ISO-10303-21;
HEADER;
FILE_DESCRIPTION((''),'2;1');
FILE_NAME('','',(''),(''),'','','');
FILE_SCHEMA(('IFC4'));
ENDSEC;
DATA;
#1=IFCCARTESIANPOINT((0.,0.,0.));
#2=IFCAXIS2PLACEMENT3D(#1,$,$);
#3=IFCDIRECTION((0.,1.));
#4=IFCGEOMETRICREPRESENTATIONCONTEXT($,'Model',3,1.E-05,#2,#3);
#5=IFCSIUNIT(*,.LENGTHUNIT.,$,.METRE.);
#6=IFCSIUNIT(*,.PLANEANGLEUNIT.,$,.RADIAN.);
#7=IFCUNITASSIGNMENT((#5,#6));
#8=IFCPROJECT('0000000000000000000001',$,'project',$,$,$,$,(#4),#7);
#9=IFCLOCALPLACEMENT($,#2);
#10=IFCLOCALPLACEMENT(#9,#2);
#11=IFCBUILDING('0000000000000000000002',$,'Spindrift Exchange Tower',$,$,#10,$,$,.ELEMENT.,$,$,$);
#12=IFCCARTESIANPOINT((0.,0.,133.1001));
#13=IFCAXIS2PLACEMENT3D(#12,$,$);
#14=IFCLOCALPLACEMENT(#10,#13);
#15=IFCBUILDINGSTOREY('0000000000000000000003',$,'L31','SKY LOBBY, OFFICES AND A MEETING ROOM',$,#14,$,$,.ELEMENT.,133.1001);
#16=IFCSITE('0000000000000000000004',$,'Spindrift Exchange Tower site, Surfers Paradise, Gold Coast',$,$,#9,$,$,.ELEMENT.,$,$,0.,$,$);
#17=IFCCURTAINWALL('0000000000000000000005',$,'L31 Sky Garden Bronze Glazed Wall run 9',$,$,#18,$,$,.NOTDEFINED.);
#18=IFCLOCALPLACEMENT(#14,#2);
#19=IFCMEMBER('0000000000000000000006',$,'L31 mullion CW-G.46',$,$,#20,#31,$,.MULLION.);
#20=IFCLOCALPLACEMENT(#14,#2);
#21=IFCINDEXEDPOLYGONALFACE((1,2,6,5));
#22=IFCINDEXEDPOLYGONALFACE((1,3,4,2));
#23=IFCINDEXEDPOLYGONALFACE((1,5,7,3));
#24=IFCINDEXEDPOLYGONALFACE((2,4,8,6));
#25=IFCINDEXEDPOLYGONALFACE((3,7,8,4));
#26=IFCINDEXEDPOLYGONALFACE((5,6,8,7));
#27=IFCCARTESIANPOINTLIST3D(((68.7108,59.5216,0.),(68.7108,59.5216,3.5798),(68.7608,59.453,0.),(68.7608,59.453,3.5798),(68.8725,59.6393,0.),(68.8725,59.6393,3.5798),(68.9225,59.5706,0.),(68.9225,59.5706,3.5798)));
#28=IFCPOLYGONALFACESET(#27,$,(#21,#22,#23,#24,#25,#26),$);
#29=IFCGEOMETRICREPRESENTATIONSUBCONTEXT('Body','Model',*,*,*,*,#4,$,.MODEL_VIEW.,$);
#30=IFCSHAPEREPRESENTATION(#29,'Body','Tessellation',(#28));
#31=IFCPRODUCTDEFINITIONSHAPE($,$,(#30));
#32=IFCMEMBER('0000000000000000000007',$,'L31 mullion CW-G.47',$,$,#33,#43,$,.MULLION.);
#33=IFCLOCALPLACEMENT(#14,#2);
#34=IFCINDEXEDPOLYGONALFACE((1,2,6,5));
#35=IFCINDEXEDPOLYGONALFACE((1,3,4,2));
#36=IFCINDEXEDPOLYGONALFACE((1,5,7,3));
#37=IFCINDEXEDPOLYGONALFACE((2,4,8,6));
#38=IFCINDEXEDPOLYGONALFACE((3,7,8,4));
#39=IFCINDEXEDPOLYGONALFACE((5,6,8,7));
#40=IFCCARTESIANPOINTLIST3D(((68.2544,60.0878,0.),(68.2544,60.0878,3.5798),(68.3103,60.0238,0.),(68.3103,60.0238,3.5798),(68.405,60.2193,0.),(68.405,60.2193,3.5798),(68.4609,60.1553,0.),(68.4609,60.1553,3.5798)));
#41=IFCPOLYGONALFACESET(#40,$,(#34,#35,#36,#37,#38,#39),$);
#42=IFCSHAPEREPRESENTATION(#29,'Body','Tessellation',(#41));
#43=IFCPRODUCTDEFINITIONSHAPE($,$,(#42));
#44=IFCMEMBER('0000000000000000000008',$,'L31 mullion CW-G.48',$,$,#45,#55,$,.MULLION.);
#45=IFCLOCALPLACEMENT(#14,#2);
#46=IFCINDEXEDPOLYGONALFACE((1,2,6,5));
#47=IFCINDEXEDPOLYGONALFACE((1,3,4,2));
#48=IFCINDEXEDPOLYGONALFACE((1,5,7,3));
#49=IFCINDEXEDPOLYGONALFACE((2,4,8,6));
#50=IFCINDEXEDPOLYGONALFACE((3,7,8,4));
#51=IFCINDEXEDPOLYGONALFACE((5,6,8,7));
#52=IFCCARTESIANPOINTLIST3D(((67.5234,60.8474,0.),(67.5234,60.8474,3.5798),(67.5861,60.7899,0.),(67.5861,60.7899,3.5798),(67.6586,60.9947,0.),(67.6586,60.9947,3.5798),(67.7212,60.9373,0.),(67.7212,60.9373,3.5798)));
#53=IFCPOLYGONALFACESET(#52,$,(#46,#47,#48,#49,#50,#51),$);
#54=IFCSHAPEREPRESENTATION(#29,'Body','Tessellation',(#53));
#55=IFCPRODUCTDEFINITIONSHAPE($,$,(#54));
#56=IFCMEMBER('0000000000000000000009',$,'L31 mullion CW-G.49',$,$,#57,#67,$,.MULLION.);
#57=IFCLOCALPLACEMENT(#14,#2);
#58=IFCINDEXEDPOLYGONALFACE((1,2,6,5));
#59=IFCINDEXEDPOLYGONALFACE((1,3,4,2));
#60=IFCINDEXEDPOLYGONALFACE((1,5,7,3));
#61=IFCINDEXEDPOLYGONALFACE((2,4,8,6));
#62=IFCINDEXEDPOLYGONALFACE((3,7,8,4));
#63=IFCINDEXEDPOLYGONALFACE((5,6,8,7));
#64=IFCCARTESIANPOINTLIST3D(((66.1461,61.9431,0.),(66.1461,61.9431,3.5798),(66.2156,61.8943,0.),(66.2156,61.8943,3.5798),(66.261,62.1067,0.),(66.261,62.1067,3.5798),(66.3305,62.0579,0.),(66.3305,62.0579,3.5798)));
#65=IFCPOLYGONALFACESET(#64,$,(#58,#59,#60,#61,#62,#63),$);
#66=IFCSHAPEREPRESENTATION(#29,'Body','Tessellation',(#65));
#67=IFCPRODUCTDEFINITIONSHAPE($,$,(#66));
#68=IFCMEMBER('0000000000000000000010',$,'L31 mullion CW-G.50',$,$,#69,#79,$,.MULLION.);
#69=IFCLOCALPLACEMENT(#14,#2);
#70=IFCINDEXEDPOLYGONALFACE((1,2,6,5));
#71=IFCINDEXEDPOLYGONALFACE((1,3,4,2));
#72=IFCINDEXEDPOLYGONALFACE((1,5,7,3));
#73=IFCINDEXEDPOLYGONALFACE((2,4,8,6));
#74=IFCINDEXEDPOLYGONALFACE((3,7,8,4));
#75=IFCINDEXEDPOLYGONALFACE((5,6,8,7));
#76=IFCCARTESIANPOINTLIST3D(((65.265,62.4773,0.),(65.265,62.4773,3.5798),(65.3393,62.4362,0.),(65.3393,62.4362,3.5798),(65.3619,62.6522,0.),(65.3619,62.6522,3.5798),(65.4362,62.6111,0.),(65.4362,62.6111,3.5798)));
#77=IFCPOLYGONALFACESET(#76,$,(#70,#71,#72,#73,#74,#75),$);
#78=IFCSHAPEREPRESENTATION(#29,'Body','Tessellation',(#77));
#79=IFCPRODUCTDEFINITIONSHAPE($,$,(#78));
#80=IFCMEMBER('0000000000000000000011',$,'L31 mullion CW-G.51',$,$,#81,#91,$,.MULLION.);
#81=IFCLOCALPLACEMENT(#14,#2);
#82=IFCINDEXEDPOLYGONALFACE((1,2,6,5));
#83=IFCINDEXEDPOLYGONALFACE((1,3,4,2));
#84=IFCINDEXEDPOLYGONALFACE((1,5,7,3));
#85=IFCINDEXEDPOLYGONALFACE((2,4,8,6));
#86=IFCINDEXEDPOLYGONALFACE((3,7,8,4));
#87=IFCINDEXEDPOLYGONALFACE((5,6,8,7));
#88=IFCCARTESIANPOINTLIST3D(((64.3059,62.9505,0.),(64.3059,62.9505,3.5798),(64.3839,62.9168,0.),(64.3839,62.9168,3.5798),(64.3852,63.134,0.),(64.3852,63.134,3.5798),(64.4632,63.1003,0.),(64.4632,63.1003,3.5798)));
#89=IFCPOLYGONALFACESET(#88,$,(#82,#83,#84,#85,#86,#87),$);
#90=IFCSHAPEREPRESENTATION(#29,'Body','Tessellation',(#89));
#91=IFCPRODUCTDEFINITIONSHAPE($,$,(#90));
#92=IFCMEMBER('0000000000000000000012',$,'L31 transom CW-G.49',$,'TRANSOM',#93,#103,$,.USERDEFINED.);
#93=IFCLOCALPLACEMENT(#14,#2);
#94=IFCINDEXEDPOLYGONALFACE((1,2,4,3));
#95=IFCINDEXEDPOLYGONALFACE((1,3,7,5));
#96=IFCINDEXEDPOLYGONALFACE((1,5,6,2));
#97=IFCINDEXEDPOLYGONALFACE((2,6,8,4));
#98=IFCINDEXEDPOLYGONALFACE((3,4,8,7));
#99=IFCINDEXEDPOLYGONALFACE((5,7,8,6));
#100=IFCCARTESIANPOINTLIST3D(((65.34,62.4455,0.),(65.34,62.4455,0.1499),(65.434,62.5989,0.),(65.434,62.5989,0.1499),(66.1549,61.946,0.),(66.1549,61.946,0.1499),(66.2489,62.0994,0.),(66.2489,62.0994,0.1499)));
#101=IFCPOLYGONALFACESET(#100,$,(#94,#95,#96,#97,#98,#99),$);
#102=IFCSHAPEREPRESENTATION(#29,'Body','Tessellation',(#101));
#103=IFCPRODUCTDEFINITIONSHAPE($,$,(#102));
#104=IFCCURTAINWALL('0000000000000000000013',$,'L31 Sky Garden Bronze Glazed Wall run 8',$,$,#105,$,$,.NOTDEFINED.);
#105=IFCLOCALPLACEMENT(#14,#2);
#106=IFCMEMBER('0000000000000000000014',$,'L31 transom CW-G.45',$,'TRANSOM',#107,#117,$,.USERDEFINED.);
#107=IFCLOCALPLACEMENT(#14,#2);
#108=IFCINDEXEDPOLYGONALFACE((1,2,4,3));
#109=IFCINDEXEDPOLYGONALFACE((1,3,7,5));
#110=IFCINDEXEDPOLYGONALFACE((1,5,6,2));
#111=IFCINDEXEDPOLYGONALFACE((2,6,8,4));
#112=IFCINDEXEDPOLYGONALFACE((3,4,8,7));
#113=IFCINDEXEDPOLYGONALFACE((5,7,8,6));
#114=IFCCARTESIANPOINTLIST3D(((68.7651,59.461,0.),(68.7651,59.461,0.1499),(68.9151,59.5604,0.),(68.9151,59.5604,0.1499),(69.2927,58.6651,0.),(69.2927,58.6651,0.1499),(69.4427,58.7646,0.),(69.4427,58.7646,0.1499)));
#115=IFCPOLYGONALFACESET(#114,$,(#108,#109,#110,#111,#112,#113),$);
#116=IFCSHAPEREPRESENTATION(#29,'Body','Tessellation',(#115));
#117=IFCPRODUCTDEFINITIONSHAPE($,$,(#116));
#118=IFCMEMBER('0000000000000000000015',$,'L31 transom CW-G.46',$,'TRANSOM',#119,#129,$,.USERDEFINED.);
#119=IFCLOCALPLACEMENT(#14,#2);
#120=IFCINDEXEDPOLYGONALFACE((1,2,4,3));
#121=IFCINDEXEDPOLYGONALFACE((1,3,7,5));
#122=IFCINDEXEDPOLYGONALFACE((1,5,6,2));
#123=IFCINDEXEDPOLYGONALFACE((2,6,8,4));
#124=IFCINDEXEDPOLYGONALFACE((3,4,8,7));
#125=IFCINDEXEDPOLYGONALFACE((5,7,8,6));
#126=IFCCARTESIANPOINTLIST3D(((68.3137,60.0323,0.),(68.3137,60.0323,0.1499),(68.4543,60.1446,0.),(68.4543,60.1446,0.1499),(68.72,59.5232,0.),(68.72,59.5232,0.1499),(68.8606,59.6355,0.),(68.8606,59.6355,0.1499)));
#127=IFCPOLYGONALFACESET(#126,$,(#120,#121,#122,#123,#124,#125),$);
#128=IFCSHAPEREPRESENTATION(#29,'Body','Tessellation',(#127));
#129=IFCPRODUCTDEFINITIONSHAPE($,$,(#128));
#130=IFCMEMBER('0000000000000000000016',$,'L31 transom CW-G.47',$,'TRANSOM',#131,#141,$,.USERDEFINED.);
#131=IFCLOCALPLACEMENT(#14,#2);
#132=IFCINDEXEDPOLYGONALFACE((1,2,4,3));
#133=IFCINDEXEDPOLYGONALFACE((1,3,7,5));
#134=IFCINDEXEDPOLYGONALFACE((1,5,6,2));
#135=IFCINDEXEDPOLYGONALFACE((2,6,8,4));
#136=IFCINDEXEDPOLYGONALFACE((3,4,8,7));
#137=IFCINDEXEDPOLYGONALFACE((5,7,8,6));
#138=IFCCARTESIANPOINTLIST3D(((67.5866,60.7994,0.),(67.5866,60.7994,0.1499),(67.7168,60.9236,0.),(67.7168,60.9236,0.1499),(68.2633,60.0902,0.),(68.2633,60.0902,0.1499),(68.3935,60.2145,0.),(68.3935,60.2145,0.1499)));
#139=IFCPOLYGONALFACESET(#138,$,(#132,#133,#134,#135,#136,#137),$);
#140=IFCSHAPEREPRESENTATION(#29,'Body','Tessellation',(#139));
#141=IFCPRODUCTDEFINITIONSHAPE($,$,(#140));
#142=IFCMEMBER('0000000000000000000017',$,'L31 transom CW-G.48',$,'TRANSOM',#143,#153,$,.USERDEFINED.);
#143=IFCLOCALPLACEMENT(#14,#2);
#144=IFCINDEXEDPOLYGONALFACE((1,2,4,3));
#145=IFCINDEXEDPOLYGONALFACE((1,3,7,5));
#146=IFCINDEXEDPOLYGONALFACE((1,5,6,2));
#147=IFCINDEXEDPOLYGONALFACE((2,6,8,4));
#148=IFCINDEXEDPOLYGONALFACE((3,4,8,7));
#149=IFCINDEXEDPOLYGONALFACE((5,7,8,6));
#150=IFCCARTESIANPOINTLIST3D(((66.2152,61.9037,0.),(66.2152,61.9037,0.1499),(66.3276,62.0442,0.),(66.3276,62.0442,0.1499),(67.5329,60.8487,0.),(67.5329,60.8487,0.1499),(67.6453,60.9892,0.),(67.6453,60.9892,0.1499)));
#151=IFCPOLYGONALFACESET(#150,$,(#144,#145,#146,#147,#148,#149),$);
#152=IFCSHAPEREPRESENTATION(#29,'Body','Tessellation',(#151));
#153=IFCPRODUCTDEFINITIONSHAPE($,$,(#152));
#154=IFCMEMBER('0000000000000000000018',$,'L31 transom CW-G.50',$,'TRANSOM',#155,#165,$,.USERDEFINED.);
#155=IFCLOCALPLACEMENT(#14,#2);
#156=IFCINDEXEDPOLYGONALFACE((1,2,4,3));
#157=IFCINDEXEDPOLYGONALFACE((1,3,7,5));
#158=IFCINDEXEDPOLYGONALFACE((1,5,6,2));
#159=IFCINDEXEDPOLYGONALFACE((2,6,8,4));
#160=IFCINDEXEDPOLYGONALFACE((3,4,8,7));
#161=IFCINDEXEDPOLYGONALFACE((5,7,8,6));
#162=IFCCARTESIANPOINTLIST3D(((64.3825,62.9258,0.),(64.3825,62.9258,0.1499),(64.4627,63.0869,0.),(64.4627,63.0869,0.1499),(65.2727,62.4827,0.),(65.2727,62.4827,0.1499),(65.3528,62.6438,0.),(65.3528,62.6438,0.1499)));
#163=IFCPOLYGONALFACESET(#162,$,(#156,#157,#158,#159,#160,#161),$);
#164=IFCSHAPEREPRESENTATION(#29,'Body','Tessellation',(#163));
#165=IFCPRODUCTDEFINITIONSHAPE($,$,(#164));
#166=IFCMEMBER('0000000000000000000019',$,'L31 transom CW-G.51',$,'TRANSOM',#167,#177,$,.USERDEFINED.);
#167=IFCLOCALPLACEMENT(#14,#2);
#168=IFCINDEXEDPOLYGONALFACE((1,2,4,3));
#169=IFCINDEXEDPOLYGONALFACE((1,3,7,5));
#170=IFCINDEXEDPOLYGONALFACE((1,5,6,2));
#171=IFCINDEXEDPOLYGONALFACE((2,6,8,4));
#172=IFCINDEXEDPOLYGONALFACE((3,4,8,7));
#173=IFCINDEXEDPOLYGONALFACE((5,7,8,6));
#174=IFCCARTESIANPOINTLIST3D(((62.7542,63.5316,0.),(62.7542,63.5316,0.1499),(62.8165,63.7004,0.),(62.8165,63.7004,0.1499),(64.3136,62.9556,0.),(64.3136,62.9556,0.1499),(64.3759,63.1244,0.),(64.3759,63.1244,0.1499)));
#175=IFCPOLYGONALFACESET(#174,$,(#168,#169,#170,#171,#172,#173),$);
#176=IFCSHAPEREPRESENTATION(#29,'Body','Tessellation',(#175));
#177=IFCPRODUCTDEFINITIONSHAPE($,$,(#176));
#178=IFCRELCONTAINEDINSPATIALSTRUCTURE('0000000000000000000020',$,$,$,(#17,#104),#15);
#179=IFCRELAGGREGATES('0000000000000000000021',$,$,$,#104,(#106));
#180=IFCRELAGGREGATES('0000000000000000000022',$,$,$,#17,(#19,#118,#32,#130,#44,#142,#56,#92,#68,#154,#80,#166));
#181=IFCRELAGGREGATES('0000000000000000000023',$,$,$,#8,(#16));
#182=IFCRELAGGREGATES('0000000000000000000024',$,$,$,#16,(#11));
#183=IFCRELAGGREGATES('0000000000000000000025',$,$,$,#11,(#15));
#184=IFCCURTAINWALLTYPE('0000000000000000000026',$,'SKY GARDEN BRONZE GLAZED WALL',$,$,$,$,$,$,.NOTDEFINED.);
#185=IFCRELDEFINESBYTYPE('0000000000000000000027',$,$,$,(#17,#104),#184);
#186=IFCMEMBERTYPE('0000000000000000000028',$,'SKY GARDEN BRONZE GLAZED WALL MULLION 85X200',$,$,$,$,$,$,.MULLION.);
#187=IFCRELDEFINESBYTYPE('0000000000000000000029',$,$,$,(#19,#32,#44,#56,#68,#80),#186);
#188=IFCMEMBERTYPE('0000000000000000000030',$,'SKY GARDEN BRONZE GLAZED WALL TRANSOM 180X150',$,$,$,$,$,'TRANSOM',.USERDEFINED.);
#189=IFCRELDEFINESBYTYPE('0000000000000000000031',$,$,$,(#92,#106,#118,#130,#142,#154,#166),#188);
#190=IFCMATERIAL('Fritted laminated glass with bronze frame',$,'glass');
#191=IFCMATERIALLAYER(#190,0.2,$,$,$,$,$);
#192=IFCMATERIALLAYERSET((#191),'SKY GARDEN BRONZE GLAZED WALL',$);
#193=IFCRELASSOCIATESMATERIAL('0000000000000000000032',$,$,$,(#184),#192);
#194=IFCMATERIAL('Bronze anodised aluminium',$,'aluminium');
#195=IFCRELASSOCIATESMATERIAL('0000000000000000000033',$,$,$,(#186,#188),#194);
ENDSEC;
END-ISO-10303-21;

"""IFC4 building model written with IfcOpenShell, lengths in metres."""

from ifc_helpers import new_model, si_unit, direction, frame, origin, origin_2d, place, context, subcontext, project, spatial, rectangle, extrude, source, transform, mapped, material, layer, layer_set, material_profile, profile_set, type_object, element, aggregate, save


model = new_model("IFC4")

# Units and contexts
model_context = context("Model", 3, precision=1e-05, world=origin(), true_north=direction((0.0, 1.0)))
body_context = subcontext(model_context, "Body", "Model", "MODEL_VIEW")
ifc_project = project(units=[si_unit("LENGTHUNIT", "METRE"), si_unit("PLANEANGLEUNIT", "RADIAN")], contexts=[model_context])

# Site, building, storey
site_placement = place(None, origin())
site = spatial("IfcSite", under=ifc_project, at=site_placement, Name="Spindrift Exchange Tower site, Surfers Paradise, Gold Coast", CompositionType="ELEMENT", RefElevation=0.0)
building_placement = place(site_placement, origin())
building = spatial("IfcBuilding", under=site, at=building_placement, Name="Spindrift Exchange Tower", CompositionType="ELEMENT")
storey_placement = place(building_placement, frame((0.0, 0.0, 133.1001)))
storey = spatial("IfcBuildingStorey", under=building, at=storey_placement, Name="L31", Description="SKY LOBBY, OFFICES AND A MEETING ROOM", CompositionType="ELEMENT", Elevation=133.1001)

# Curtain wall, members
ifc_material_1 = material(Name="Fritted laminated glass with bronze frame", Category="glass")
ifc_layer_1 = layer(ifc_material_1, 0.2)
ifc_layer_set_1 = layer_set([ifc_layer_1], Name="SKY GARDEN BRONZE GLAZED WALL")
curtain_wall_type = type_object("IfcCurtainWallType", Name="SKY GARDEN BRONZE GLAZED WALL", PredefinedType="NOTDEFINED", material=ifc_layer_set_1)
curtain_wall_1_placement = place(storey_placement, origin())
curtain_wall_1 = element("IfcCurtainWall", 1, at=curtain_wall_1_placement, inside=storey, type_object=curtain_wall_type, Name="L31 Sky Garden Bronze Glazed Wall run 9", PredefinedType="NOTDEFINED")
ifc_material_2 = material(Name="Bronze anodised aluminium", Category="aluminium")
ifc_material_profile_1 = material_profile(ifc_material_2, rectangle(XDim=0.085, YDim=0.2, at=origin_2d()), Name="SKY GARDEN BRONZE GLAZED WALL MULLION 85X200")
ifc_profile_set_1 = profile_set([ifc_material_profile_1], Name="Bronze anodised aluminium")
member_type_1 = type_object("IfcMemberType", Name="SKY GARDEN BRONZE GLAZED WALL MULLION 85X200", PredefinedType="MULLION", material=ifc_profile_set_1)
shared_shape_1 = source(origin(), body_context, "Body", "SweptSolid", [
    extrude(rectangle(XDim=0.085, YDim=0.2, at=origin_2d()), origin(), (0.0, 0.0, 1.0), 3.5798),
])
member_1_placement = place(storey_placement, frame((68.8167, 59.5461, 0.0), z_axis=(0.0, 0.0, 1.0), x_axis=(-0.588622, 0.808408, 0.0)))
member_1 = element("IfcMember", 2, at=member_1_placement, type_object=member_type_1, Name="L31 mullion CW-G.46", PredefinedType="MULLION", context=body_context, shape_type="MappedRepresentation", body=[
    mapped(shared_shape_1, transform((0.0, 0.0, 0.0), scale=1.0)),
])
member_2_placement = place(storey_placement, frame((68.3577, 60.1216, 0.0), z_axis=(0.0, 0.0, 1.0), x_axis=(-0.657616, 0.753354, 0.0)))
member_2 = element("IfcMember", 3, at=member_2_placement, type_object=member_type_1, Name="L31 mullion CW-G.47", PredefinedType="MULLION", context=body_context, shape_type="MappedRepresentation", body=[
    mapped(shared_shape_1, transform((0.0, 0.0, 0.0), scale=1.0)),
])
member_3_placement = place(storey_placement, frame((67.6223, 60.8923, 0.0), z_axis=(0.0, 0.0, 1.0), x_axis=(-0.737074, 0.675812, 0.0)))
member_3 = element("IfcMember", 4, at=member_3_placement, type_object=member_type_1, Name="L31 mullion CW-G.48", PredefinedType="MULLION", context=body_context, shape_type="MappedRepresentation", body=[
    mapped(shared_shape_1, transform((0.0, 0.0, 0.0), scale=1.0)),
])
member_4_placement = place(storey_placement, frame((66.2383, 62.0005, 0.0), z_axis=(0.0, 0.0, 1.0), x_axis=(-0.818262, 0.574846, 0.0)))
member_4 = element("IfcMember", 5, at=member_4_placement, type_object=member_type_1, Name="L31 mullion CW-G.49", PredefinedType="MULLION", context=body_context, shape_type="MappedRepresentation", body=[
    mapped(shared_shape_1, transform((0.0, 0.0, 0.0), scale=1.0)),
])
member_5_placement = place(storey_placement, frame((65.3506, 62.5442, 0.0), z_axis=(0.0, 0.0, 1.0), x_axis=(-0.874768, 0.484541, 0.0)))
member_5 = element("IfcMember", 6, at=member_5_placement, type_object=member_type_1, Name="L31 mullion CW-G.50", PredefinedType="MULLION", context=body_context, shape_type="MappedRepresentation", body=[
    mapped(shared_shape_1, transform((0.0, 0.0, 0.0), scale=1.0)),
])
member_6_placement = place(storey_placement, frame((64.3845, 63.0254, 0.0), z_axis=(0.0, 0.0, 1.0), x_axis=(-0.917965, 0.396662, 0.0)))
member_6 = element("IfcMember", 7, at=member_6_placement, type_object=member_type_1, Name="L31 mullion CW-G.51", PredefinedType="MULLION", context=body_context, shape_type="MappedRepresentation", body=[
    mapped(shared_shape_1, transform((0.0, 0.0, 0.0), scale=1.0)),
])
ifc_material_profile_2 = material_profile(ifc_material_2, rectangle(XDim=0.1799, YDim=0.1499, at=origin_2d()), Name="SKY GARDEN BRONZE GLAZED WALL TRANSOM 180X150")
ifc_profile_set_2 = profile_set([ifc_material_profile_2], Name="Bronze anodised aluminium")
member_type_2 = type_object("IfcMemberType", Name="SKY GARDEN BRONZE GLAZED WALL TRANSOM 180X150", ElementType="TRANSOM", PredefinedType="USERDEFINED", material=ifc_profile_set_2)
shared_shape_2 = source(origin(), body_context, "Body", "SweptSolid", [
    extrude(rectangle(XDim=0.1799, YDim=0.1499, at=origin_2d()), origin(), (0.0, 0.0, 1.0), 0.9558),
])
member_7_placement = place(storey_placement, frame((66.2019, 62.0227, 0.075), z_axis=(-0.852587, 0.522586, 0.0), x_axis=(-0.522586, -0.852587, 0.0)))
member_7 = element("IfcMember", 8, at=member_7_placement, type_object=member_type_2, Name="L31 transom CW-G.49", ObjectType="TRANSOM", PredefinedType="USERDEFINED", context=body_context, shape_type="MappedRepresentation", body=[
    mapped(shared_shape_2, transform((0.0, 0.0, 0.0), scale=1.0)),
])

# Curtain wall, member
curtain_wall_2_placement = place(storey_placement, origin())
curtain_wall_2 = element("IfcCurtainWall", 9, at=curtain_wall_2_placement, inside=storey, type_object=curtain_wall_type, Name="L31 Sky Garden Bronze Glazed Wall run 8", PredefinedType="NOTDEFINED")
shared_shape_3 = source(origin(), body_context, "Body", "SweptSolid", [
    extrude(rectangle(XDim=0.1799, YDim=0.1499, at=origin_2d()), origin(), (0.0, 0.0, 1.0), 0.9548),
])
member_8_placement = place(storey_placement, frame((69.3677, 58.7148, 0.075), z_axis=(-0.552515, 0.833503, 0.0), x_axis=(-0.833503, -0.552515, 0.0)))
member_8 = element("IfcMember", 10, at=member_8_placement, type_object=member_type_2, Name="L31 transom CW-G.45", ObjectType="TRANSOM", PredefinedType="USERDEFINED", context=body_context, shape_type="MappedRepresentation", body=[
    mapped(shared_shape_3, transform((0.0, 0.0, 0.0), scale=1.0)),
])

# Members
shared_shape_4 = source(origin(), body_context, "Body", "SweptSolid", [
    extrude(rectangle(XDim=0.1799, YDim=0.1499, at=origin_2d()), origin(), (0.0, 0.0, 1.0), 0.6514),
])
member_9_placement = place(storey_placement, frame((68.7903, 59.5793, 0.075), z_axis=(-0.62378, 0.7816, 0.0), x_axis=(-0.7816, -0.62378, 0.0)))
member_9 = element("IfcMember", 11, at=member_9_placement, type_object=member_type_2, Name="L31 transom CW-G.46", ObjectType="TRANSOM", PredefinedType="USERDEFINED", context=body_context, shape_type="MappedRepresentation", body=[
    mapped(shared_shape_4, transform((0.0, 0.0, 0.0), scale=1.0)),
])
shared_shape_5 = source(origin(), body_context, "Body", "SweptSolid", [
    extrude(rectangle(XDim=0.1799, YDim=0.1499, at=origin_2d()), origin(), (0.0, 0.0, 1.0), 0.9802),
])
member_10_placement = place(storey_placement, frame((68.3284, 60.1523, 0.075), z_axis=(-0.690351, 0.723474, 0.0), x_axis=(-0.723474, -0.690351, 0.0)))
member_10 = element("IfcMember", 12, at=member_10_placement, type_object=member_type_2, Name="L31 transom CW-G.47", ObjectType="TRANSOM", PredefinedType="USERDEFINED", context=body_context, shape_type="MappedRepresentation", body=[
    mapped(shared_shape_5, transform((0.0, 0.0, 0.0), scale=1.0)),
])
shared_shape_6 = source(origin(), body_context, "Body", "SweptSolid", [
    extrude(rectangle(XDim=0.1799, YDim=0.1499, at=origin_2d()), origin(), (0.0, 0.0, 1.0), 1.688),
])
member_11_placement = place(storey_placement, frame((67.5891, 60.9189, 0.075), z_axis=(-0.780629, 0.624995, 0.0), x_axis=(-0.624995, -0.780629, 0.0)))
member_11 = element("IfcMember", 13, at=member_11_placement, type_object=member_type_2, Name="L31 transom CW-G.48", ObjectType="TRANSOM", PredefinedType="USERDEFINED", context=body_context, shape_type="MappedRepresentation", body=[
    mapped(shared_shape_6, transform((0.0, 0.0, 0.0), scale=1.0)),
])
shared_shape_7 = source(origin(), body_context, "Body", "SweptSolid", [
    extrude(rectangle(XDim=0.1799, YDim=0.1499, at=origin_2d()), origin(), (0.0, 0.0, 1.0), 0.9944),
])
member_12_placement = place(storey_placement, frame((65.3127, 62.5632, 0.075), z_axis=(-0.895212, 0.445641, 0.0), x_axis=(-0.445641, -0.895212, 0.0)))
member_12 = element("IfcMember", 14, at=member_12_placement, type_object=member_type_2, Name="L31 transom CW-G.50", ObjectType="TRANSOM", PredefinedType="USERDEFINED", context=body_context, shape_type="MappedRepresentation", body=[
    mapped(shared_shape_7, transform((0.0, 0.0, 0.0), scale=1.0)),
])
shared_shape_8 = source(origin(), body_context, "Body", "SweptSolid", [
    extrude(rectangle(XDim=0.1799, YDim=0.1499, at=origin_2d()), origin(), (0.0, 0.0, 1.0), 1.6624),
])
member_13_placement = place(storey_placement, frame((64.3447, 63.04, 0.075), z_axis=(-0.938062, 0.346468, 0.0), x_axis=(-0.346468, -0.938062, 0.0)))
member_13 = element("IfcMember", 15, at=member_13_placement, type_object=member_type_2, Name="L31 transom CW-G.51", ObjectType="TRANSOM", PredefinedType="USERDEFINED", context=body_context, shape_type="MappedRepresentation", body=[
    mapped(shared_shape_8, transform((0.0, 0.0, 0.0), scale=1.0)),
])

aggregate(curtain_wall_2, [member_8])
aggregate(curtain_wall_1, [member_1, member_9, member_2, member_10, member_3, member_11, member_4, member_7, member_5, member_12, member_6, member_13])

save(model, "model.ifc")
